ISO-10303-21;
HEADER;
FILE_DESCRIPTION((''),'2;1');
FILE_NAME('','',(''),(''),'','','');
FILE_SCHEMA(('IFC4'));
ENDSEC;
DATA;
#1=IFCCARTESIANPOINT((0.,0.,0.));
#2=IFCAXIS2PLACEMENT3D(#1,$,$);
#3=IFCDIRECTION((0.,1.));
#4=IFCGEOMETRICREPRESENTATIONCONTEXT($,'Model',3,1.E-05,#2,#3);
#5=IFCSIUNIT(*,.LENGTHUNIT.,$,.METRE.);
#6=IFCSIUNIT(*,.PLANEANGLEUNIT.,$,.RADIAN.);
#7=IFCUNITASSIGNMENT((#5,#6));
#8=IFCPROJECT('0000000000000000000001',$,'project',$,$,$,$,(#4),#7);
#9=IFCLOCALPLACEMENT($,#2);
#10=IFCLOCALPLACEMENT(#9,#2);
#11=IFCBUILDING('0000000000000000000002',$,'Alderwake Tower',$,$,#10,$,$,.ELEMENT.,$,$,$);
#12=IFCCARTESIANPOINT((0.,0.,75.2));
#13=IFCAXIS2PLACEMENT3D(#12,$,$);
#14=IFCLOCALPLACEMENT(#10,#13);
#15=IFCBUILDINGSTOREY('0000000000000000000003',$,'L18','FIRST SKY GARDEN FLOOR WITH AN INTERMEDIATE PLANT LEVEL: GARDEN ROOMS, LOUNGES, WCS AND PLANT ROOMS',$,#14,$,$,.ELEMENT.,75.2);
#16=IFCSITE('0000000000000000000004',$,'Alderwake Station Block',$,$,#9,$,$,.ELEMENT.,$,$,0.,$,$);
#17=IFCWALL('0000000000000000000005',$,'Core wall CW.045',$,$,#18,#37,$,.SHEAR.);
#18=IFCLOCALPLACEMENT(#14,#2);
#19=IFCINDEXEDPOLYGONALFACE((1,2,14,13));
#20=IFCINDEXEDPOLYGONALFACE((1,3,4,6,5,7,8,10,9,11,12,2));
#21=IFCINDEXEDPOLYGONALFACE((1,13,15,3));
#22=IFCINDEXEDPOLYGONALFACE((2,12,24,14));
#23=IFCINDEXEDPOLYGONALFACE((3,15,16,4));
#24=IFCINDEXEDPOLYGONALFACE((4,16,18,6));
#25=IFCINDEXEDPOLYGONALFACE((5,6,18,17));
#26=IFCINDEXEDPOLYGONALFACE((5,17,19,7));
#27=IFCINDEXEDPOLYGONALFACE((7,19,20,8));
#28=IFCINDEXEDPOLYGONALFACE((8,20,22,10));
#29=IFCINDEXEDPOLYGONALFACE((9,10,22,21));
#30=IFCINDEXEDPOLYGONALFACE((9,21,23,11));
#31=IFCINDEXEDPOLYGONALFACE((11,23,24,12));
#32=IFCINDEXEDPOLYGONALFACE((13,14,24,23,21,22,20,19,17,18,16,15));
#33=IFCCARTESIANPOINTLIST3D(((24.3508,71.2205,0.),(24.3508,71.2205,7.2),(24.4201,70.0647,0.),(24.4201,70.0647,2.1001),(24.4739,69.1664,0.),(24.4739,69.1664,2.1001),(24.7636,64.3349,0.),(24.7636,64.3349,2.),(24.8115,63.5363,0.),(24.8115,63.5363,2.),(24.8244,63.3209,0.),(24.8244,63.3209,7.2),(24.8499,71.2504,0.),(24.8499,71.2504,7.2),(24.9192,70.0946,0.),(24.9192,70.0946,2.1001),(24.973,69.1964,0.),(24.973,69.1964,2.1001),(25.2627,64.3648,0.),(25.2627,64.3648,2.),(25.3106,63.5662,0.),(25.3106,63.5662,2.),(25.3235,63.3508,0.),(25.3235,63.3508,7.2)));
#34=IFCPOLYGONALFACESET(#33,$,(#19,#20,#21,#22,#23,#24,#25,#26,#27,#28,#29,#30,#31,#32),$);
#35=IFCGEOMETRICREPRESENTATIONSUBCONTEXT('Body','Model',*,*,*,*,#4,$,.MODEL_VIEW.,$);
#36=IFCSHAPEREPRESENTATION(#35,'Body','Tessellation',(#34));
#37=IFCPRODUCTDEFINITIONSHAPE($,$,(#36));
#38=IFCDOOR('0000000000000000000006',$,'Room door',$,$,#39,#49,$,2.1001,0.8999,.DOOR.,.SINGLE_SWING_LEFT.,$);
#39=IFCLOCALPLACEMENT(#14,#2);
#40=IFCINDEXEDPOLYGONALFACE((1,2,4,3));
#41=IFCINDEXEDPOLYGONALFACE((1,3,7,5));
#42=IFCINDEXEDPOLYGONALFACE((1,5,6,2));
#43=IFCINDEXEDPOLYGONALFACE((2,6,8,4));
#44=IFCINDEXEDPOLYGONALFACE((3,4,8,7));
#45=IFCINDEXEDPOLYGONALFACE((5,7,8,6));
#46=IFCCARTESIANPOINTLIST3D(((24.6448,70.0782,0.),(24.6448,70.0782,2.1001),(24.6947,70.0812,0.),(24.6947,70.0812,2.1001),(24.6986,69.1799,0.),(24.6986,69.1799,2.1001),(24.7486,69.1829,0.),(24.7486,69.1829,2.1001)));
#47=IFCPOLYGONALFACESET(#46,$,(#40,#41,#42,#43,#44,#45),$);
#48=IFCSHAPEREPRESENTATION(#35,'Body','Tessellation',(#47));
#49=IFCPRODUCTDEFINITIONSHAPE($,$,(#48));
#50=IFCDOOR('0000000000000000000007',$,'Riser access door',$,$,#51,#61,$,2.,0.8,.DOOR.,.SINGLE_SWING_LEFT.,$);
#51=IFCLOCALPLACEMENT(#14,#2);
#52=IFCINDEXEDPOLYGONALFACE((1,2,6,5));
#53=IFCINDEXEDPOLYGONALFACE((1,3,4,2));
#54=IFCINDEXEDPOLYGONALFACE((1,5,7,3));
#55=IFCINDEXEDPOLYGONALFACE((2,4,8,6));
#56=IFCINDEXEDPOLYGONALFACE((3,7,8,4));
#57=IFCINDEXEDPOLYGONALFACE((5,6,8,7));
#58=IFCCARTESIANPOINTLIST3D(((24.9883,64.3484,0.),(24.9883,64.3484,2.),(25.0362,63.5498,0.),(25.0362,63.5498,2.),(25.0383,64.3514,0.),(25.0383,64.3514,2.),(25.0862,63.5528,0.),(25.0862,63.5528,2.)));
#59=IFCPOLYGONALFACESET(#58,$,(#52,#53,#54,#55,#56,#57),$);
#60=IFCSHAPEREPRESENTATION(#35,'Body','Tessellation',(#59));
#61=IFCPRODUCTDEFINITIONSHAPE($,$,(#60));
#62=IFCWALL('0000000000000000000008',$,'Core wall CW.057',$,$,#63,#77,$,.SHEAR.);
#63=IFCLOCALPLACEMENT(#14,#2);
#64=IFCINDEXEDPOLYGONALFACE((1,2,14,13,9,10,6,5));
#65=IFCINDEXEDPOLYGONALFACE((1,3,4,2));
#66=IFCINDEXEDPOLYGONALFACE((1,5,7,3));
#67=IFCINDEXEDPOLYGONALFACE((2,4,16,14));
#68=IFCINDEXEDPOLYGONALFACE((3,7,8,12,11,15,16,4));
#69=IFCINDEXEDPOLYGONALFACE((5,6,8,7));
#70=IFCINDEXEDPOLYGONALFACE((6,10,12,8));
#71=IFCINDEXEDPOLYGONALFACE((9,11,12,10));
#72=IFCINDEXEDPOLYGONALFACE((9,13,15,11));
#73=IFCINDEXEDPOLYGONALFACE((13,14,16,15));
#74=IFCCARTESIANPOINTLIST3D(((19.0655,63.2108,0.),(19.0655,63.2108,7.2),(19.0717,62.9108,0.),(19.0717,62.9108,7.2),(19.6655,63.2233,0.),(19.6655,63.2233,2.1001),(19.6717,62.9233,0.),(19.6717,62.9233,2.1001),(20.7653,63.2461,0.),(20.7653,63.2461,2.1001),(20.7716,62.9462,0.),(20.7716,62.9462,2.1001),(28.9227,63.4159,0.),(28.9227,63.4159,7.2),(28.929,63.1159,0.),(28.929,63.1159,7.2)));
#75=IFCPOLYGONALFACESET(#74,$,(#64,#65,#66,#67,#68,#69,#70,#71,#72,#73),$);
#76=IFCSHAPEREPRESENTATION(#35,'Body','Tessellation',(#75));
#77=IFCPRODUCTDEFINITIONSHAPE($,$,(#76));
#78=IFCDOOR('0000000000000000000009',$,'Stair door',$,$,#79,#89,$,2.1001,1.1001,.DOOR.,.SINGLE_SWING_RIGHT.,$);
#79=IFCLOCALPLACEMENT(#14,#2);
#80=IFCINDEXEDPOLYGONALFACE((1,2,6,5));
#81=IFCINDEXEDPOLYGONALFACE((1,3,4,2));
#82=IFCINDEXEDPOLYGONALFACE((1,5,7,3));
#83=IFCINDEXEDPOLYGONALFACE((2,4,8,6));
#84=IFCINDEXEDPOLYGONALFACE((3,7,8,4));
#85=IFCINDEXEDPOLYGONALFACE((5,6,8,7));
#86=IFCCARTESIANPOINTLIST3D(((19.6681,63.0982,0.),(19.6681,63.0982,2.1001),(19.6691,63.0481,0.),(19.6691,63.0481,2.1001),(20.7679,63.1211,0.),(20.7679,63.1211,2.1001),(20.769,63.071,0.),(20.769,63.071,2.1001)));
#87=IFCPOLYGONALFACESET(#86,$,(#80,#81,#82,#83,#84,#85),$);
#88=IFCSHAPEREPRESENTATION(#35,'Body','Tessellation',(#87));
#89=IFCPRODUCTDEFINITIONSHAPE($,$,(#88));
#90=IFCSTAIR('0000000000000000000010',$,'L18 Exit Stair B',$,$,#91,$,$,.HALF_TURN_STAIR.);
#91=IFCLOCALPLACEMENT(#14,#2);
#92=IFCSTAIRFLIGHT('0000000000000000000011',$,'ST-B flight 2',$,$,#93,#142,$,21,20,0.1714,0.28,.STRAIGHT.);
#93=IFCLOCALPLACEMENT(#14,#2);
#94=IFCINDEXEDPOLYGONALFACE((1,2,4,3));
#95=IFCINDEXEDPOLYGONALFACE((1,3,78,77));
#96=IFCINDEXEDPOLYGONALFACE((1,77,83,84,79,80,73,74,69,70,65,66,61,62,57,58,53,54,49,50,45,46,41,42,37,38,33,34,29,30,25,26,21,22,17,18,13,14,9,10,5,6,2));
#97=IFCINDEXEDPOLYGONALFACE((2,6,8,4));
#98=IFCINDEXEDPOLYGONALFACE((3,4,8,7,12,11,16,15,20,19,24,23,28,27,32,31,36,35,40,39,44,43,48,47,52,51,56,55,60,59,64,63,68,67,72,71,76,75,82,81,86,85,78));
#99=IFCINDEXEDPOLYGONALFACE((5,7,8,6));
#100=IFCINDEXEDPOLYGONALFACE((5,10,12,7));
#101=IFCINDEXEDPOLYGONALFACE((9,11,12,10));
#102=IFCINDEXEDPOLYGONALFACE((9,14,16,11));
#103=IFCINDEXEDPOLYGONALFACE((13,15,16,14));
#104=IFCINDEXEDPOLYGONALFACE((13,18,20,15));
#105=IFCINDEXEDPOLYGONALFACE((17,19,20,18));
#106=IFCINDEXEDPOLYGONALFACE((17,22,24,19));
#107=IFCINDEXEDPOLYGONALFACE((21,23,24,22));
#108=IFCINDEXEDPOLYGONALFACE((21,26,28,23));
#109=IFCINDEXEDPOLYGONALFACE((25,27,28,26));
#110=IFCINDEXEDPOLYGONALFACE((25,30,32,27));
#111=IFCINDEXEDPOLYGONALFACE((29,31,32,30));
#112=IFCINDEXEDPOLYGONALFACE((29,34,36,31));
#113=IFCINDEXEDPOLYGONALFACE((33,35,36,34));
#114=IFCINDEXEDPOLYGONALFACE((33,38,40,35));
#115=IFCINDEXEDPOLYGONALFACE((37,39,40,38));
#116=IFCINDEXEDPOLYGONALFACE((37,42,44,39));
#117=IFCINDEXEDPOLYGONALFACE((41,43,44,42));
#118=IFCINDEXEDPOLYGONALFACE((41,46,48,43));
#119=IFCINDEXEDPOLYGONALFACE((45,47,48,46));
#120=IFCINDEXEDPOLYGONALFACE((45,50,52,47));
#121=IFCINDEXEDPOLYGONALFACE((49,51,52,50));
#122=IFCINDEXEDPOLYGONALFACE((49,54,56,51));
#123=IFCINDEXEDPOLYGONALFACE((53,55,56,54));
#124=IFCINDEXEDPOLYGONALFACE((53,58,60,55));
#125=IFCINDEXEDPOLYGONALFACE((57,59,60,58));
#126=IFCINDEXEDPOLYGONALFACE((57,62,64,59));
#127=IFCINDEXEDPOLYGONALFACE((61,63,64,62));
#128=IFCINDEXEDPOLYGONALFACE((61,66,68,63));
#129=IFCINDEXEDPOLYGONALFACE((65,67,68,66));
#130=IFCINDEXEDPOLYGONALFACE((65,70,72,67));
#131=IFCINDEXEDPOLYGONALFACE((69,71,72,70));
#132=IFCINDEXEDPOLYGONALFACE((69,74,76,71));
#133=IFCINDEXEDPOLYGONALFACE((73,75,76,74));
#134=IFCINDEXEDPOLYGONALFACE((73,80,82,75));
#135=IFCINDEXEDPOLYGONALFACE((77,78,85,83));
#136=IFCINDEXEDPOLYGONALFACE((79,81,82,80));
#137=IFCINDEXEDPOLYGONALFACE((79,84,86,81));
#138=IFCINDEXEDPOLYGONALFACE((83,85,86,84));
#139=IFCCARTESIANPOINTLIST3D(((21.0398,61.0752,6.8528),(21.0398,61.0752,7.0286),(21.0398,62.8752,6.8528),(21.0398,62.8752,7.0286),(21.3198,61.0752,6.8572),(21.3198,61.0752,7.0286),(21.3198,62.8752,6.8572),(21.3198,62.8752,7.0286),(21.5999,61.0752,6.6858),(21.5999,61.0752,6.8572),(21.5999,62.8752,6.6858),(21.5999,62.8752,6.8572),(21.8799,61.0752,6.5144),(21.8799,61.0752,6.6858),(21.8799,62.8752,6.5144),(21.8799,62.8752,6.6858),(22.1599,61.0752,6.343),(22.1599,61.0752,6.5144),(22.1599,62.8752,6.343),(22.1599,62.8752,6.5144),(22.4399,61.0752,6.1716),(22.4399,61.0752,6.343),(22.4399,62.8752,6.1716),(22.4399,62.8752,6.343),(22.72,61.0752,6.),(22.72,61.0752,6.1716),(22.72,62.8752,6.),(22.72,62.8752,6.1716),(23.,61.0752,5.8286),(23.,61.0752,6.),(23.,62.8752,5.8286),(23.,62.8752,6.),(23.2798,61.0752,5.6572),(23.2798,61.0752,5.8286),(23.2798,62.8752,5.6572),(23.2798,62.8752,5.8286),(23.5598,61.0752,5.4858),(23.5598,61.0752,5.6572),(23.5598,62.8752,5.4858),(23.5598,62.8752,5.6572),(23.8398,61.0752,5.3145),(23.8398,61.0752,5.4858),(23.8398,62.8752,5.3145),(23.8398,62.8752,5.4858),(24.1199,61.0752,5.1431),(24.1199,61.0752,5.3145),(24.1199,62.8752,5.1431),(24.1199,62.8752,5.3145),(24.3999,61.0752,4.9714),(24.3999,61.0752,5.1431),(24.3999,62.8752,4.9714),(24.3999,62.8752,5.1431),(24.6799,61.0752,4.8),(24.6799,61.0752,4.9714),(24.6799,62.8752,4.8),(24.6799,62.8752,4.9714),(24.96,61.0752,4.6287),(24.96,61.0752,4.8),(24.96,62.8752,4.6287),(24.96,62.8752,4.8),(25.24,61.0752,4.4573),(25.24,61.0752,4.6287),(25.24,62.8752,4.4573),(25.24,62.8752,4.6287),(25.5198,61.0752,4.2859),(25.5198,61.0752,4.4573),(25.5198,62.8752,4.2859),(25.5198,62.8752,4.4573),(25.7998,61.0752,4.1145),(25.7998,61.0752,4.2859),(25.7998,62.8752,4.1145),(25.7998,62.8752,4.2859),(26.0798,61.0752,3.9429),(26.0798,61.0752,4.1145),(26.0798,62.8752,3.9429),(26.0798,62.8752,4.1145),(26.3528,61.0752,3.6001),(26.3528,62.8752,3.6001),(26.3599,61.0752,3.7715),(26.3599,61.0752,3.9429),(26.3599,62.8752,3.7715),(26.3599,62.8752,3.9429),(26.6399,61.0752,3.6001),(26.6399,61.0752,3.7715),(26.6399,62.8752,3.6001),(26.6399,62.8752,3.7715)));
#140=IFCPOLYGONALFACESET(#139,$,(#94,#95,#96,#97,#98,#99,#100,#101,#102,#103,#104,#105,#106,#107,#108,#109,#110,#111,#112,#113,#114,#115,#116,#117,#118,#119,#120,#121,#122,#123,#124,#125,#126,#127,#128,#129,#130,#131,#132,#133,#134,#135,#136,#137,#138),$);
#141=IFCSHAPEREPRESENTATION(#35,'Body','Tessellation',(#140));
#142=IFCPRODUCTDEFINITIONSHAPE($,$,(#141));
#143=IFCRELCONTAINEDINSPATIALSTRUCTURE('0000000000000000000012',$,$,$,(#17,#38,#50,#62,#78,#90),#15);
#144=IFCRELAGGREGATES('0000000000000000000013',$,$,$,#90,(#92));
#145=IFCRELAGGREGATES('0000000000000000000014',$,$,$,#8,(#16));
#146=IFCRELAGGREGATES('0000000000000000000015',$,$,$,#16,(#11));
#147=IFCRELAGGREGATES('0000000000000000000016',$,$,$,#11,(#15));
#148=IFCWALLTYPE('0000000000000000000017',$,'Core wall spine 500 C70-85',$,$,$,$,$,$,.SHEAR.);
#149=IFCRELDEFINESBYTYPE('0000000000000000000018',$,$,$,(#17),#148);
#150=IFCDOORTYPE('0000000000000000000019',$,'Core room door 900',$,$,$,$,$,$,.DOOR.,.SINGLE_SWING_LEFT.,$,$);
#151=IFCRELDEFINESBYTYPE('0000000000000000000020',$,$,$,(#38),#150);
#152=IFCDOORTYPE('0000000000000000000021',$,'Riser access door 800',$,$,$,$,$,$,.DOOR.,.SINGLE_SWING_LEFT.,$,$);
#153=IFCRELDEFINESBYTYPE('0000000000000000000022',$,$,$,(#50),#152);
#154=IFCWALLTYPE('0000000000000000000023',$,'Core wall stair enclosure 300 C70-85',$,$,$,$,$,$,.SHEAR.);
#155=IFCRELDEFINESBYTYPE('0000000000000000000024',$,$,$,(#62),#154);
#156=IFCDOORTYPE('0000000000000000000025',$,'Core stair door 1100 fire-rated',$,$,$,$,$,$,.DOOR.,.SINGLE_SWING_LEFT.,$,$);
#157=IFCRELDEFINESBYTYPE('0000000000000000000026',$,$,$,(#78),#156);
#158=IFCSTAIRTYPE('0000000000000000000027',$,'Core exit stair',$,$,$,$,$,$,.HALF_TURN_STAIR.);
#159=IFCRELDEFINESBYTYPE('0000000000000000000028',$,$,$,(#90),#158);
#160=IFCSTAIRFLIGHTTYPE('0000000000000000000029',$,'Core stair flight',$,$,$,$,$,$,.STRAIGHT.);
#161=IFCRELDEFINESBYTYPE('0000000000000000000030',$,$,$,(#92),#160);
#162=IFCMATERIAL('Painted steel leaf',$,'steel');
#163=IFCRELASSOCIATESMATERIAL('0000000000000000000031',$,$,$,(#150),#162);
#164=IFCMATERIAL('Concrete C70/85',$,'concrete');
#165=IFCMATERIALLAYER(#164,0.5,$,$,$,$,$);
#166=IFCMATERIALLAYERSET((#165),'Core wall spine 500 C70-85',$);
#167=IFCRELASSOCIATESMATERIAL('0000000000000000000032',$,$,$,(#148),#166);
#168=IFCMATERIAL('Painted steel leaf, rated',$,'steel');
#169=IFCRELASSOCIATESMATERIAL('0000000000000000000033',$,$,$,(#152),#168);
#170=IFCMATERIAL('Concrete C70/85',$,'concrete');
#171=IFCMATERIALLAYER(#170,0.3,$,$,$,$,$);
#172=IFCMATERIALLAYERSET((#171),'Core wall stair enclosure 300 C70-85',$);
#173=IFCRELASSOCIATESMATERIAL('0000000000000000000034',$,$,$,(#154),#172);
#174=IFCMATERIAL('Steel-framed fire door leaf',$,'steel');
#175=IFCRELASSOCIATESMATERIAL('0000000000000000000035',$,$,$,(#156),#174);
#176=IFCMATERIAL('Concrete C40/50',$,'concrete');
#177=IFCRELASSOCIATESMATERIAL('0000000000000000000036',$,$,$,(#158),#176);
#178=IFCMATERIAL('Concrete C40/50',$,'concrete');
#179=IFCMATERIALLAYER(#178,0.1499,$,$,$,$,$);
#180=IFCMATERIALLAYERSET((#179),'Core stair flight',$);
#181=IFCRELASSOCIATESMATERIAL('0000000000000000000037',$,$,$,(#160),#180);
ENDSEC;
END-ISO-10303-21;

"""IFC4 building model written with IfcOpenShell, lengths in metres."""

from ifc_helpers import new_model, si_unit, direction, frame, frame_2d, origin, place, context, subcontext, project, spatial, polyline, rectangle, outline, extrude, material, layer, layer_set, type_object, element, fill, aggregate, save


model = new_model("IFC4")

# Units and contexts
model_context = context("Model", 3, precision=1e-05, world=origin(), true_north=direction((0.0, 1.0)))
body_context = subcontext(model_context, "Body", "Model", "MODEL_VIEW")
ifc_project = project(units=[si_unit("LENGTHUNIT", "METRE"), si_unit("PLANEANGLEUNIT", "RADIAN")], contexts=[model_context])

# Site, building, storey
site_placement = place(None, origin())
site = spatial("IfcSite", under=ifc_project, at=site_placement, Name="Alderwake Station Block", CompositionType="ELEMENT", RefElevation=0.0)
building_placement = place(site_placement, origin())
building = spatial("IfcBuilding", under=site, at=building_placement, Name="Alderwake Tower", CompositionType="ELEMENT")
storey_placement = place(building_placement, frame((0.0, 0.0, 75.2)))
storey = spatial("IfcBuildingStorey", under=building, at=storey_placement, Name="L18", Description="FIRST SKY GARDEN FLOOR WITH AN INTERMEDIATE PLANT LEVEL: GARDEN ROOMS, LOUNGES, WCS AND PLANT ROOMS", CompositionType="ELEMENT", Elevation=75.2)

# Shared definitions
ifc_material_1 = material(Name="Painted steel leaf", Category="steel")
door_type_1 = type_object("IfcDoorType", Name="Core room door 900", OperationType="SINGLE_SWING_LEFT", PredefinedType="DOOR", material=ifc_material_1)

# Shared definitions
ifc_material_2 = material(Name="Concrete C70/85", Category="concrete")
ifc_layer_1 = layer(ifc_material_2, 0.5)
ifc_layer_set_1 = layer_set([ifc_layer_1], Name="Core wall spine 500 C70-85")
wall_type_1 = type_object("IfcWallType", Name="Core wall spine 500 C70-85", PredefinedType="SHEAR", material=ifc_layer_set_1)

# Wall, openings, doors
wall_1_placement = place(storey_placement, frame((25.074, 63.3357, 0.0), z_axis=(0.0, 0.0, 1.0), x_axis=(-0.059849, 0.998207, 0.0)))
wall_1 = element("IfcWall", 1, at=wall_1_placement, inside=storey, type_object=wall_type_1, Name="Core wall CW.045", PredefinedType="SHEAR", context=body_context, shape_type="SweptSolid", body=[
    extrude(rectangle(XDim=7.9138, YDim=0.5, at=frame_2d((3.957, 0.0))), origin(), (0.0, 0.0, 1.0), 7.2),
])
opening_1_placement = place(wall_1_placement, frame((0.2161, 0.0, 0.0)))
opening_1 = element("IfcOpeningElement", 2, at=opening_1_placement, cuts=wall_1, PredefinedType="OPENING", context=body_context, shape_type="SweptSolid", body=[
    extrude(rectangle(XDim=0.8, YDim=2.0, at=frame_2d((0.3999, 1.0))), frame((0.0, 0.26, 0.0), z_axis=(0.0, -1.0, 0.0), x_axis=(1.0, 0.0, 0.0)), (0.0, 0.0, 1.0), 0.52),
])
opening_2_placement = place(wall_1_placement, frame((5.8562, 0.0, 0.0)))
opening_2 = element("IfcOpeningElement", 3, at=opening_2_placement, cuts=wall_1, PredefinedType="OPENING", context=body_context, shape_type="SweptSolid", body=[
    extrude(rectangle(XDim=0.8999, YDim=2.1001, at=frame_2d((0.45, 1.05))), frame((0.0, 0.26, 0.0), z_axis=(0.0, -1.0, 0.0), x_axis=(1.0, 0.0, 0.0)), (0.0, 0.0, 1.0), 0.52),
])
door_1_placement = place(opening_2_placement, origin())
door_1 = element("IfcDoor", 4, at=door_1_placement, inside=storey, type_object=door_type_1, Name="Room door", OperationType="SINGLE_SWING_LEFT", OverallHeight=2.1001, OverallWidth=0.8999, PredefinedType="DOOR", context=body_context, shape_type="SweptSolid", body=[
    extrude(rectangle(XDim=0.8999, YDim=2.1001, at=frame_2d((0.45, 1.05))), frame((0.0, 0.0249, 0.0), z_axis=(0.0, -1.0, 0.0), x_axis=(1.0, 0.0, 0.0)), (0.0, 0.0, 1.0), 0.05),
])
fill(opening_2, door_1)
ifc_material_3 = material(Name="Painted steel leaf, rated", Category="steel")
door_type_2 = type_object("IfcDoorType", Name="Riser access door 800", OperationType="SINGLE_SWING_LEFT", PredefinedType="DOOR", material=ifc_material_3)
door_2_placement = place(opening_1_placement, origin())
door_2 = element("IfcDoor", 5, at=door_2_placement, inside=storey, type_object=door_type_2, Name="Riser access door", OperationType="SINGLE_SWING_LEFT", OverallHeight=2.0, OverallWidth=0.8, PredefinedType="DOOR", context=body_context, shape_type="SweptSolid", body=[
    extrude(rectangle(XDim=0.8, YDim=2.0, at=frame_2d((0.3999, 1.0))), frame((0.0, 0.0249, 0.0), z_axis=(0.0, -1.0, 0.0), x_axis=(1.0, 0.0, 0.0)), (0.0, 0.0, 1.0), 0.05),
])
fill(opening_1, door_2)

# Wall, opening, door
ifc_material_4 = material(Name="Concrete C70/85", Category="concrete")
ifc_layer_2 = layer(ifc_material_4, 0.3)
ifc_layer_set_2 = layer_set([ifc_layer_2], Name="Core wall stair enclosure 300 C70-85")
wall_type_2 = type_object("IfcWallType", Name="Core wall stair enclosure 300 C70-85", PredefinedType="SHEAR", material=ifc_layer_set_2)
wall_2_placement = place(storey_placement, frame((19.0686, 63.0608, 0.0), z_axis=(0.0, 0.0, 1.0), x_axis=(0.999784, 0.0208, 0.0)))
wall_2 = element("IfcWall", 6, at=wall_2_placement, inside=storey, type_object=wall_type_2, Name="Core wall CW.057", PredefinedType="SHEAR", context=body_context, shape_type="SweptSolid", body=[
    extrude(rectangle(XDim=9.8594, YDim=0.3, at=frame_2d((4.9297, 0.0))), origin(), (0.0, 0.0, 1.0), 7.2),
])
opening_3_placement = place(wall_2_placement, frame((0.6001, 0.0, 0.0)))
opening_3 = element("IfcOpeningElement", 7, at=opening_3_placement, cuts=wall_2, PredefinedType="OPENING", context=body_context, shape_type="SweptSolid", body=[
    extrude(rectangle(XDim=1.1001, YDim=2.1001, at=frame_2d((0.55, 1.05))), frame((0.0, 0.1599, 0.0), z_axis=(0.0, -1.0, 0.0), x_axis=(1.0, 0.0, 0.0)), (0.0, 0.0, 1.0), 0.3201),
])
ifc_material_5 = material(Name="Steel-framed fire door leaf", Category="steel")
door_type_3 = type_object("IfcDoorType", Name="Core stair door 1100 fire-rated", OperationType="SINGLE_SWING_LEFT", PredefinedType="DOOR", material=ifc_material_5)
door_3_placement = place(opening_3_placement, origin())
door_3 = element("IfcDoor", 8, at=door_3_placement, inside=storey, type_object=door_type_3, Name="Stair door", OperationType="SINGLE_SWING_RIGHT", OverallHeight=2.1001, OverallWidth=1.1001, PredefinedType="DOOR", context=body_context, shape_type="SweptSolid", body=[
    extrude(rectangle(XDim=1.1001, YDim=2.1001, at=frame_2d((0.55, 1.05))), frame((0.0, 0.0249, 0.0), z_axis=(0.0, -1.0, 0.0), x_axis=(1.0, 0.0, 0.0)), (0.0, 0.0, 1.0), 0.05),
])
fill(opening_3, door_3)

# Stair, stair flight
ifc_material_6 = material(Name="Concrete C40/50", Category="concrete")
stair_type = type_object("IfcStairType", Name="Core exit stair", PredefinedType="HALF_TURN_STAIR", material=ifc_material_6)
stair_placement = place(storey_placement, origin())
stair = element("IfcStair", 9, at=stair_placement, inside=storey, type_object=stair_type, Name="L18 Exit Stair B", PredefinedType="HALF_TURN_STAIR")
ifc_material_7 = material(Name="Concrete C40/50", Category="concrete")
ifc_layer_3 = layer(ifc_material_7, 0.1499)
ifc_layer_set_3 = layer_set([ifc_layer_3], Name="Core stair flight")
stair_flight_type = type_object("IfcStairFlightType", Name="Core stair flight", PredefinedType="STRAIGHT", material=ifc_layer_set_3)
stair_flight_placement = place(storey_placement, frame((26.6399, 61.9751, 3.6001), z_axis=(0.0, 0.0, 1.0), x_axis=(-1.0, 0.0, 0.0)))
stair_flight = element("IfcStairFlight", 10, at=stair_flight_placement, type_object=stair_flight_type, Name="ST-B flight 2", NumberOfRisers=21, NumberOfTreads=20, PredefinedType="STRAIGHT", RiserHeight=0.1714, TreadLength=0.28, context=body_context, shape_type="SweptSolid", body=[
    extrude(outline(polyline([(0.0, 0.0), (0.0, 0.1714), (0.28, 0.1714), (0.28, 0.3428), (0.5601, 0.3428), (0.5601, 0.5144), (0.8401, 0.5144), (0.8401, 0.6858), (1.1201, 0.6858), (1.1201, 0.8572), (1.3999, 0.8572), (1.3999, 1.0286), (1.6799, 1.0286), (1.6799, 1.2), (1.96, 1.2), (1.96, 1.3713), (2.24, 1.3713), (2.24, 1.543), (2.52, 1.543), (2.52, 1.7144), (2.8, 1.7144), (2.8, 1.8857), (3.0801, 1.8857), (3.0801, 2.0571), (3.3601, 2.0571), (3.3601, 2.2285), (3.6399, 2.2285), (3.6399, 2.3999), (3.9199, 2.3999), (3.9199, 2.5715), (4.2, 2.5715), (4.2, 2.7429), (4.48, 2.7429), (4.48, 2.9143), (4.76, 2.9143), (4.76, 3.0857), (5.04, 3.0857), (5.04, 3.2571), (5.3201, 3.2571), (5.3201, 3.4285), (5.6001, 3.4285), (5.6001, 3.6001), (5.6001, 3.2527), (0.2871, 0.0), (0.0, 0.0)])), frame((0.0, 0.8999, 0.0), z_axis=(0.0, -1.0, 0.0), x_axis=(1.0, 0.0, 0.0)), (0.0, 0.0, 1.0), 1.8),
])
aggregate(stair, [stair_flight])

save(model, "model.ifc")
